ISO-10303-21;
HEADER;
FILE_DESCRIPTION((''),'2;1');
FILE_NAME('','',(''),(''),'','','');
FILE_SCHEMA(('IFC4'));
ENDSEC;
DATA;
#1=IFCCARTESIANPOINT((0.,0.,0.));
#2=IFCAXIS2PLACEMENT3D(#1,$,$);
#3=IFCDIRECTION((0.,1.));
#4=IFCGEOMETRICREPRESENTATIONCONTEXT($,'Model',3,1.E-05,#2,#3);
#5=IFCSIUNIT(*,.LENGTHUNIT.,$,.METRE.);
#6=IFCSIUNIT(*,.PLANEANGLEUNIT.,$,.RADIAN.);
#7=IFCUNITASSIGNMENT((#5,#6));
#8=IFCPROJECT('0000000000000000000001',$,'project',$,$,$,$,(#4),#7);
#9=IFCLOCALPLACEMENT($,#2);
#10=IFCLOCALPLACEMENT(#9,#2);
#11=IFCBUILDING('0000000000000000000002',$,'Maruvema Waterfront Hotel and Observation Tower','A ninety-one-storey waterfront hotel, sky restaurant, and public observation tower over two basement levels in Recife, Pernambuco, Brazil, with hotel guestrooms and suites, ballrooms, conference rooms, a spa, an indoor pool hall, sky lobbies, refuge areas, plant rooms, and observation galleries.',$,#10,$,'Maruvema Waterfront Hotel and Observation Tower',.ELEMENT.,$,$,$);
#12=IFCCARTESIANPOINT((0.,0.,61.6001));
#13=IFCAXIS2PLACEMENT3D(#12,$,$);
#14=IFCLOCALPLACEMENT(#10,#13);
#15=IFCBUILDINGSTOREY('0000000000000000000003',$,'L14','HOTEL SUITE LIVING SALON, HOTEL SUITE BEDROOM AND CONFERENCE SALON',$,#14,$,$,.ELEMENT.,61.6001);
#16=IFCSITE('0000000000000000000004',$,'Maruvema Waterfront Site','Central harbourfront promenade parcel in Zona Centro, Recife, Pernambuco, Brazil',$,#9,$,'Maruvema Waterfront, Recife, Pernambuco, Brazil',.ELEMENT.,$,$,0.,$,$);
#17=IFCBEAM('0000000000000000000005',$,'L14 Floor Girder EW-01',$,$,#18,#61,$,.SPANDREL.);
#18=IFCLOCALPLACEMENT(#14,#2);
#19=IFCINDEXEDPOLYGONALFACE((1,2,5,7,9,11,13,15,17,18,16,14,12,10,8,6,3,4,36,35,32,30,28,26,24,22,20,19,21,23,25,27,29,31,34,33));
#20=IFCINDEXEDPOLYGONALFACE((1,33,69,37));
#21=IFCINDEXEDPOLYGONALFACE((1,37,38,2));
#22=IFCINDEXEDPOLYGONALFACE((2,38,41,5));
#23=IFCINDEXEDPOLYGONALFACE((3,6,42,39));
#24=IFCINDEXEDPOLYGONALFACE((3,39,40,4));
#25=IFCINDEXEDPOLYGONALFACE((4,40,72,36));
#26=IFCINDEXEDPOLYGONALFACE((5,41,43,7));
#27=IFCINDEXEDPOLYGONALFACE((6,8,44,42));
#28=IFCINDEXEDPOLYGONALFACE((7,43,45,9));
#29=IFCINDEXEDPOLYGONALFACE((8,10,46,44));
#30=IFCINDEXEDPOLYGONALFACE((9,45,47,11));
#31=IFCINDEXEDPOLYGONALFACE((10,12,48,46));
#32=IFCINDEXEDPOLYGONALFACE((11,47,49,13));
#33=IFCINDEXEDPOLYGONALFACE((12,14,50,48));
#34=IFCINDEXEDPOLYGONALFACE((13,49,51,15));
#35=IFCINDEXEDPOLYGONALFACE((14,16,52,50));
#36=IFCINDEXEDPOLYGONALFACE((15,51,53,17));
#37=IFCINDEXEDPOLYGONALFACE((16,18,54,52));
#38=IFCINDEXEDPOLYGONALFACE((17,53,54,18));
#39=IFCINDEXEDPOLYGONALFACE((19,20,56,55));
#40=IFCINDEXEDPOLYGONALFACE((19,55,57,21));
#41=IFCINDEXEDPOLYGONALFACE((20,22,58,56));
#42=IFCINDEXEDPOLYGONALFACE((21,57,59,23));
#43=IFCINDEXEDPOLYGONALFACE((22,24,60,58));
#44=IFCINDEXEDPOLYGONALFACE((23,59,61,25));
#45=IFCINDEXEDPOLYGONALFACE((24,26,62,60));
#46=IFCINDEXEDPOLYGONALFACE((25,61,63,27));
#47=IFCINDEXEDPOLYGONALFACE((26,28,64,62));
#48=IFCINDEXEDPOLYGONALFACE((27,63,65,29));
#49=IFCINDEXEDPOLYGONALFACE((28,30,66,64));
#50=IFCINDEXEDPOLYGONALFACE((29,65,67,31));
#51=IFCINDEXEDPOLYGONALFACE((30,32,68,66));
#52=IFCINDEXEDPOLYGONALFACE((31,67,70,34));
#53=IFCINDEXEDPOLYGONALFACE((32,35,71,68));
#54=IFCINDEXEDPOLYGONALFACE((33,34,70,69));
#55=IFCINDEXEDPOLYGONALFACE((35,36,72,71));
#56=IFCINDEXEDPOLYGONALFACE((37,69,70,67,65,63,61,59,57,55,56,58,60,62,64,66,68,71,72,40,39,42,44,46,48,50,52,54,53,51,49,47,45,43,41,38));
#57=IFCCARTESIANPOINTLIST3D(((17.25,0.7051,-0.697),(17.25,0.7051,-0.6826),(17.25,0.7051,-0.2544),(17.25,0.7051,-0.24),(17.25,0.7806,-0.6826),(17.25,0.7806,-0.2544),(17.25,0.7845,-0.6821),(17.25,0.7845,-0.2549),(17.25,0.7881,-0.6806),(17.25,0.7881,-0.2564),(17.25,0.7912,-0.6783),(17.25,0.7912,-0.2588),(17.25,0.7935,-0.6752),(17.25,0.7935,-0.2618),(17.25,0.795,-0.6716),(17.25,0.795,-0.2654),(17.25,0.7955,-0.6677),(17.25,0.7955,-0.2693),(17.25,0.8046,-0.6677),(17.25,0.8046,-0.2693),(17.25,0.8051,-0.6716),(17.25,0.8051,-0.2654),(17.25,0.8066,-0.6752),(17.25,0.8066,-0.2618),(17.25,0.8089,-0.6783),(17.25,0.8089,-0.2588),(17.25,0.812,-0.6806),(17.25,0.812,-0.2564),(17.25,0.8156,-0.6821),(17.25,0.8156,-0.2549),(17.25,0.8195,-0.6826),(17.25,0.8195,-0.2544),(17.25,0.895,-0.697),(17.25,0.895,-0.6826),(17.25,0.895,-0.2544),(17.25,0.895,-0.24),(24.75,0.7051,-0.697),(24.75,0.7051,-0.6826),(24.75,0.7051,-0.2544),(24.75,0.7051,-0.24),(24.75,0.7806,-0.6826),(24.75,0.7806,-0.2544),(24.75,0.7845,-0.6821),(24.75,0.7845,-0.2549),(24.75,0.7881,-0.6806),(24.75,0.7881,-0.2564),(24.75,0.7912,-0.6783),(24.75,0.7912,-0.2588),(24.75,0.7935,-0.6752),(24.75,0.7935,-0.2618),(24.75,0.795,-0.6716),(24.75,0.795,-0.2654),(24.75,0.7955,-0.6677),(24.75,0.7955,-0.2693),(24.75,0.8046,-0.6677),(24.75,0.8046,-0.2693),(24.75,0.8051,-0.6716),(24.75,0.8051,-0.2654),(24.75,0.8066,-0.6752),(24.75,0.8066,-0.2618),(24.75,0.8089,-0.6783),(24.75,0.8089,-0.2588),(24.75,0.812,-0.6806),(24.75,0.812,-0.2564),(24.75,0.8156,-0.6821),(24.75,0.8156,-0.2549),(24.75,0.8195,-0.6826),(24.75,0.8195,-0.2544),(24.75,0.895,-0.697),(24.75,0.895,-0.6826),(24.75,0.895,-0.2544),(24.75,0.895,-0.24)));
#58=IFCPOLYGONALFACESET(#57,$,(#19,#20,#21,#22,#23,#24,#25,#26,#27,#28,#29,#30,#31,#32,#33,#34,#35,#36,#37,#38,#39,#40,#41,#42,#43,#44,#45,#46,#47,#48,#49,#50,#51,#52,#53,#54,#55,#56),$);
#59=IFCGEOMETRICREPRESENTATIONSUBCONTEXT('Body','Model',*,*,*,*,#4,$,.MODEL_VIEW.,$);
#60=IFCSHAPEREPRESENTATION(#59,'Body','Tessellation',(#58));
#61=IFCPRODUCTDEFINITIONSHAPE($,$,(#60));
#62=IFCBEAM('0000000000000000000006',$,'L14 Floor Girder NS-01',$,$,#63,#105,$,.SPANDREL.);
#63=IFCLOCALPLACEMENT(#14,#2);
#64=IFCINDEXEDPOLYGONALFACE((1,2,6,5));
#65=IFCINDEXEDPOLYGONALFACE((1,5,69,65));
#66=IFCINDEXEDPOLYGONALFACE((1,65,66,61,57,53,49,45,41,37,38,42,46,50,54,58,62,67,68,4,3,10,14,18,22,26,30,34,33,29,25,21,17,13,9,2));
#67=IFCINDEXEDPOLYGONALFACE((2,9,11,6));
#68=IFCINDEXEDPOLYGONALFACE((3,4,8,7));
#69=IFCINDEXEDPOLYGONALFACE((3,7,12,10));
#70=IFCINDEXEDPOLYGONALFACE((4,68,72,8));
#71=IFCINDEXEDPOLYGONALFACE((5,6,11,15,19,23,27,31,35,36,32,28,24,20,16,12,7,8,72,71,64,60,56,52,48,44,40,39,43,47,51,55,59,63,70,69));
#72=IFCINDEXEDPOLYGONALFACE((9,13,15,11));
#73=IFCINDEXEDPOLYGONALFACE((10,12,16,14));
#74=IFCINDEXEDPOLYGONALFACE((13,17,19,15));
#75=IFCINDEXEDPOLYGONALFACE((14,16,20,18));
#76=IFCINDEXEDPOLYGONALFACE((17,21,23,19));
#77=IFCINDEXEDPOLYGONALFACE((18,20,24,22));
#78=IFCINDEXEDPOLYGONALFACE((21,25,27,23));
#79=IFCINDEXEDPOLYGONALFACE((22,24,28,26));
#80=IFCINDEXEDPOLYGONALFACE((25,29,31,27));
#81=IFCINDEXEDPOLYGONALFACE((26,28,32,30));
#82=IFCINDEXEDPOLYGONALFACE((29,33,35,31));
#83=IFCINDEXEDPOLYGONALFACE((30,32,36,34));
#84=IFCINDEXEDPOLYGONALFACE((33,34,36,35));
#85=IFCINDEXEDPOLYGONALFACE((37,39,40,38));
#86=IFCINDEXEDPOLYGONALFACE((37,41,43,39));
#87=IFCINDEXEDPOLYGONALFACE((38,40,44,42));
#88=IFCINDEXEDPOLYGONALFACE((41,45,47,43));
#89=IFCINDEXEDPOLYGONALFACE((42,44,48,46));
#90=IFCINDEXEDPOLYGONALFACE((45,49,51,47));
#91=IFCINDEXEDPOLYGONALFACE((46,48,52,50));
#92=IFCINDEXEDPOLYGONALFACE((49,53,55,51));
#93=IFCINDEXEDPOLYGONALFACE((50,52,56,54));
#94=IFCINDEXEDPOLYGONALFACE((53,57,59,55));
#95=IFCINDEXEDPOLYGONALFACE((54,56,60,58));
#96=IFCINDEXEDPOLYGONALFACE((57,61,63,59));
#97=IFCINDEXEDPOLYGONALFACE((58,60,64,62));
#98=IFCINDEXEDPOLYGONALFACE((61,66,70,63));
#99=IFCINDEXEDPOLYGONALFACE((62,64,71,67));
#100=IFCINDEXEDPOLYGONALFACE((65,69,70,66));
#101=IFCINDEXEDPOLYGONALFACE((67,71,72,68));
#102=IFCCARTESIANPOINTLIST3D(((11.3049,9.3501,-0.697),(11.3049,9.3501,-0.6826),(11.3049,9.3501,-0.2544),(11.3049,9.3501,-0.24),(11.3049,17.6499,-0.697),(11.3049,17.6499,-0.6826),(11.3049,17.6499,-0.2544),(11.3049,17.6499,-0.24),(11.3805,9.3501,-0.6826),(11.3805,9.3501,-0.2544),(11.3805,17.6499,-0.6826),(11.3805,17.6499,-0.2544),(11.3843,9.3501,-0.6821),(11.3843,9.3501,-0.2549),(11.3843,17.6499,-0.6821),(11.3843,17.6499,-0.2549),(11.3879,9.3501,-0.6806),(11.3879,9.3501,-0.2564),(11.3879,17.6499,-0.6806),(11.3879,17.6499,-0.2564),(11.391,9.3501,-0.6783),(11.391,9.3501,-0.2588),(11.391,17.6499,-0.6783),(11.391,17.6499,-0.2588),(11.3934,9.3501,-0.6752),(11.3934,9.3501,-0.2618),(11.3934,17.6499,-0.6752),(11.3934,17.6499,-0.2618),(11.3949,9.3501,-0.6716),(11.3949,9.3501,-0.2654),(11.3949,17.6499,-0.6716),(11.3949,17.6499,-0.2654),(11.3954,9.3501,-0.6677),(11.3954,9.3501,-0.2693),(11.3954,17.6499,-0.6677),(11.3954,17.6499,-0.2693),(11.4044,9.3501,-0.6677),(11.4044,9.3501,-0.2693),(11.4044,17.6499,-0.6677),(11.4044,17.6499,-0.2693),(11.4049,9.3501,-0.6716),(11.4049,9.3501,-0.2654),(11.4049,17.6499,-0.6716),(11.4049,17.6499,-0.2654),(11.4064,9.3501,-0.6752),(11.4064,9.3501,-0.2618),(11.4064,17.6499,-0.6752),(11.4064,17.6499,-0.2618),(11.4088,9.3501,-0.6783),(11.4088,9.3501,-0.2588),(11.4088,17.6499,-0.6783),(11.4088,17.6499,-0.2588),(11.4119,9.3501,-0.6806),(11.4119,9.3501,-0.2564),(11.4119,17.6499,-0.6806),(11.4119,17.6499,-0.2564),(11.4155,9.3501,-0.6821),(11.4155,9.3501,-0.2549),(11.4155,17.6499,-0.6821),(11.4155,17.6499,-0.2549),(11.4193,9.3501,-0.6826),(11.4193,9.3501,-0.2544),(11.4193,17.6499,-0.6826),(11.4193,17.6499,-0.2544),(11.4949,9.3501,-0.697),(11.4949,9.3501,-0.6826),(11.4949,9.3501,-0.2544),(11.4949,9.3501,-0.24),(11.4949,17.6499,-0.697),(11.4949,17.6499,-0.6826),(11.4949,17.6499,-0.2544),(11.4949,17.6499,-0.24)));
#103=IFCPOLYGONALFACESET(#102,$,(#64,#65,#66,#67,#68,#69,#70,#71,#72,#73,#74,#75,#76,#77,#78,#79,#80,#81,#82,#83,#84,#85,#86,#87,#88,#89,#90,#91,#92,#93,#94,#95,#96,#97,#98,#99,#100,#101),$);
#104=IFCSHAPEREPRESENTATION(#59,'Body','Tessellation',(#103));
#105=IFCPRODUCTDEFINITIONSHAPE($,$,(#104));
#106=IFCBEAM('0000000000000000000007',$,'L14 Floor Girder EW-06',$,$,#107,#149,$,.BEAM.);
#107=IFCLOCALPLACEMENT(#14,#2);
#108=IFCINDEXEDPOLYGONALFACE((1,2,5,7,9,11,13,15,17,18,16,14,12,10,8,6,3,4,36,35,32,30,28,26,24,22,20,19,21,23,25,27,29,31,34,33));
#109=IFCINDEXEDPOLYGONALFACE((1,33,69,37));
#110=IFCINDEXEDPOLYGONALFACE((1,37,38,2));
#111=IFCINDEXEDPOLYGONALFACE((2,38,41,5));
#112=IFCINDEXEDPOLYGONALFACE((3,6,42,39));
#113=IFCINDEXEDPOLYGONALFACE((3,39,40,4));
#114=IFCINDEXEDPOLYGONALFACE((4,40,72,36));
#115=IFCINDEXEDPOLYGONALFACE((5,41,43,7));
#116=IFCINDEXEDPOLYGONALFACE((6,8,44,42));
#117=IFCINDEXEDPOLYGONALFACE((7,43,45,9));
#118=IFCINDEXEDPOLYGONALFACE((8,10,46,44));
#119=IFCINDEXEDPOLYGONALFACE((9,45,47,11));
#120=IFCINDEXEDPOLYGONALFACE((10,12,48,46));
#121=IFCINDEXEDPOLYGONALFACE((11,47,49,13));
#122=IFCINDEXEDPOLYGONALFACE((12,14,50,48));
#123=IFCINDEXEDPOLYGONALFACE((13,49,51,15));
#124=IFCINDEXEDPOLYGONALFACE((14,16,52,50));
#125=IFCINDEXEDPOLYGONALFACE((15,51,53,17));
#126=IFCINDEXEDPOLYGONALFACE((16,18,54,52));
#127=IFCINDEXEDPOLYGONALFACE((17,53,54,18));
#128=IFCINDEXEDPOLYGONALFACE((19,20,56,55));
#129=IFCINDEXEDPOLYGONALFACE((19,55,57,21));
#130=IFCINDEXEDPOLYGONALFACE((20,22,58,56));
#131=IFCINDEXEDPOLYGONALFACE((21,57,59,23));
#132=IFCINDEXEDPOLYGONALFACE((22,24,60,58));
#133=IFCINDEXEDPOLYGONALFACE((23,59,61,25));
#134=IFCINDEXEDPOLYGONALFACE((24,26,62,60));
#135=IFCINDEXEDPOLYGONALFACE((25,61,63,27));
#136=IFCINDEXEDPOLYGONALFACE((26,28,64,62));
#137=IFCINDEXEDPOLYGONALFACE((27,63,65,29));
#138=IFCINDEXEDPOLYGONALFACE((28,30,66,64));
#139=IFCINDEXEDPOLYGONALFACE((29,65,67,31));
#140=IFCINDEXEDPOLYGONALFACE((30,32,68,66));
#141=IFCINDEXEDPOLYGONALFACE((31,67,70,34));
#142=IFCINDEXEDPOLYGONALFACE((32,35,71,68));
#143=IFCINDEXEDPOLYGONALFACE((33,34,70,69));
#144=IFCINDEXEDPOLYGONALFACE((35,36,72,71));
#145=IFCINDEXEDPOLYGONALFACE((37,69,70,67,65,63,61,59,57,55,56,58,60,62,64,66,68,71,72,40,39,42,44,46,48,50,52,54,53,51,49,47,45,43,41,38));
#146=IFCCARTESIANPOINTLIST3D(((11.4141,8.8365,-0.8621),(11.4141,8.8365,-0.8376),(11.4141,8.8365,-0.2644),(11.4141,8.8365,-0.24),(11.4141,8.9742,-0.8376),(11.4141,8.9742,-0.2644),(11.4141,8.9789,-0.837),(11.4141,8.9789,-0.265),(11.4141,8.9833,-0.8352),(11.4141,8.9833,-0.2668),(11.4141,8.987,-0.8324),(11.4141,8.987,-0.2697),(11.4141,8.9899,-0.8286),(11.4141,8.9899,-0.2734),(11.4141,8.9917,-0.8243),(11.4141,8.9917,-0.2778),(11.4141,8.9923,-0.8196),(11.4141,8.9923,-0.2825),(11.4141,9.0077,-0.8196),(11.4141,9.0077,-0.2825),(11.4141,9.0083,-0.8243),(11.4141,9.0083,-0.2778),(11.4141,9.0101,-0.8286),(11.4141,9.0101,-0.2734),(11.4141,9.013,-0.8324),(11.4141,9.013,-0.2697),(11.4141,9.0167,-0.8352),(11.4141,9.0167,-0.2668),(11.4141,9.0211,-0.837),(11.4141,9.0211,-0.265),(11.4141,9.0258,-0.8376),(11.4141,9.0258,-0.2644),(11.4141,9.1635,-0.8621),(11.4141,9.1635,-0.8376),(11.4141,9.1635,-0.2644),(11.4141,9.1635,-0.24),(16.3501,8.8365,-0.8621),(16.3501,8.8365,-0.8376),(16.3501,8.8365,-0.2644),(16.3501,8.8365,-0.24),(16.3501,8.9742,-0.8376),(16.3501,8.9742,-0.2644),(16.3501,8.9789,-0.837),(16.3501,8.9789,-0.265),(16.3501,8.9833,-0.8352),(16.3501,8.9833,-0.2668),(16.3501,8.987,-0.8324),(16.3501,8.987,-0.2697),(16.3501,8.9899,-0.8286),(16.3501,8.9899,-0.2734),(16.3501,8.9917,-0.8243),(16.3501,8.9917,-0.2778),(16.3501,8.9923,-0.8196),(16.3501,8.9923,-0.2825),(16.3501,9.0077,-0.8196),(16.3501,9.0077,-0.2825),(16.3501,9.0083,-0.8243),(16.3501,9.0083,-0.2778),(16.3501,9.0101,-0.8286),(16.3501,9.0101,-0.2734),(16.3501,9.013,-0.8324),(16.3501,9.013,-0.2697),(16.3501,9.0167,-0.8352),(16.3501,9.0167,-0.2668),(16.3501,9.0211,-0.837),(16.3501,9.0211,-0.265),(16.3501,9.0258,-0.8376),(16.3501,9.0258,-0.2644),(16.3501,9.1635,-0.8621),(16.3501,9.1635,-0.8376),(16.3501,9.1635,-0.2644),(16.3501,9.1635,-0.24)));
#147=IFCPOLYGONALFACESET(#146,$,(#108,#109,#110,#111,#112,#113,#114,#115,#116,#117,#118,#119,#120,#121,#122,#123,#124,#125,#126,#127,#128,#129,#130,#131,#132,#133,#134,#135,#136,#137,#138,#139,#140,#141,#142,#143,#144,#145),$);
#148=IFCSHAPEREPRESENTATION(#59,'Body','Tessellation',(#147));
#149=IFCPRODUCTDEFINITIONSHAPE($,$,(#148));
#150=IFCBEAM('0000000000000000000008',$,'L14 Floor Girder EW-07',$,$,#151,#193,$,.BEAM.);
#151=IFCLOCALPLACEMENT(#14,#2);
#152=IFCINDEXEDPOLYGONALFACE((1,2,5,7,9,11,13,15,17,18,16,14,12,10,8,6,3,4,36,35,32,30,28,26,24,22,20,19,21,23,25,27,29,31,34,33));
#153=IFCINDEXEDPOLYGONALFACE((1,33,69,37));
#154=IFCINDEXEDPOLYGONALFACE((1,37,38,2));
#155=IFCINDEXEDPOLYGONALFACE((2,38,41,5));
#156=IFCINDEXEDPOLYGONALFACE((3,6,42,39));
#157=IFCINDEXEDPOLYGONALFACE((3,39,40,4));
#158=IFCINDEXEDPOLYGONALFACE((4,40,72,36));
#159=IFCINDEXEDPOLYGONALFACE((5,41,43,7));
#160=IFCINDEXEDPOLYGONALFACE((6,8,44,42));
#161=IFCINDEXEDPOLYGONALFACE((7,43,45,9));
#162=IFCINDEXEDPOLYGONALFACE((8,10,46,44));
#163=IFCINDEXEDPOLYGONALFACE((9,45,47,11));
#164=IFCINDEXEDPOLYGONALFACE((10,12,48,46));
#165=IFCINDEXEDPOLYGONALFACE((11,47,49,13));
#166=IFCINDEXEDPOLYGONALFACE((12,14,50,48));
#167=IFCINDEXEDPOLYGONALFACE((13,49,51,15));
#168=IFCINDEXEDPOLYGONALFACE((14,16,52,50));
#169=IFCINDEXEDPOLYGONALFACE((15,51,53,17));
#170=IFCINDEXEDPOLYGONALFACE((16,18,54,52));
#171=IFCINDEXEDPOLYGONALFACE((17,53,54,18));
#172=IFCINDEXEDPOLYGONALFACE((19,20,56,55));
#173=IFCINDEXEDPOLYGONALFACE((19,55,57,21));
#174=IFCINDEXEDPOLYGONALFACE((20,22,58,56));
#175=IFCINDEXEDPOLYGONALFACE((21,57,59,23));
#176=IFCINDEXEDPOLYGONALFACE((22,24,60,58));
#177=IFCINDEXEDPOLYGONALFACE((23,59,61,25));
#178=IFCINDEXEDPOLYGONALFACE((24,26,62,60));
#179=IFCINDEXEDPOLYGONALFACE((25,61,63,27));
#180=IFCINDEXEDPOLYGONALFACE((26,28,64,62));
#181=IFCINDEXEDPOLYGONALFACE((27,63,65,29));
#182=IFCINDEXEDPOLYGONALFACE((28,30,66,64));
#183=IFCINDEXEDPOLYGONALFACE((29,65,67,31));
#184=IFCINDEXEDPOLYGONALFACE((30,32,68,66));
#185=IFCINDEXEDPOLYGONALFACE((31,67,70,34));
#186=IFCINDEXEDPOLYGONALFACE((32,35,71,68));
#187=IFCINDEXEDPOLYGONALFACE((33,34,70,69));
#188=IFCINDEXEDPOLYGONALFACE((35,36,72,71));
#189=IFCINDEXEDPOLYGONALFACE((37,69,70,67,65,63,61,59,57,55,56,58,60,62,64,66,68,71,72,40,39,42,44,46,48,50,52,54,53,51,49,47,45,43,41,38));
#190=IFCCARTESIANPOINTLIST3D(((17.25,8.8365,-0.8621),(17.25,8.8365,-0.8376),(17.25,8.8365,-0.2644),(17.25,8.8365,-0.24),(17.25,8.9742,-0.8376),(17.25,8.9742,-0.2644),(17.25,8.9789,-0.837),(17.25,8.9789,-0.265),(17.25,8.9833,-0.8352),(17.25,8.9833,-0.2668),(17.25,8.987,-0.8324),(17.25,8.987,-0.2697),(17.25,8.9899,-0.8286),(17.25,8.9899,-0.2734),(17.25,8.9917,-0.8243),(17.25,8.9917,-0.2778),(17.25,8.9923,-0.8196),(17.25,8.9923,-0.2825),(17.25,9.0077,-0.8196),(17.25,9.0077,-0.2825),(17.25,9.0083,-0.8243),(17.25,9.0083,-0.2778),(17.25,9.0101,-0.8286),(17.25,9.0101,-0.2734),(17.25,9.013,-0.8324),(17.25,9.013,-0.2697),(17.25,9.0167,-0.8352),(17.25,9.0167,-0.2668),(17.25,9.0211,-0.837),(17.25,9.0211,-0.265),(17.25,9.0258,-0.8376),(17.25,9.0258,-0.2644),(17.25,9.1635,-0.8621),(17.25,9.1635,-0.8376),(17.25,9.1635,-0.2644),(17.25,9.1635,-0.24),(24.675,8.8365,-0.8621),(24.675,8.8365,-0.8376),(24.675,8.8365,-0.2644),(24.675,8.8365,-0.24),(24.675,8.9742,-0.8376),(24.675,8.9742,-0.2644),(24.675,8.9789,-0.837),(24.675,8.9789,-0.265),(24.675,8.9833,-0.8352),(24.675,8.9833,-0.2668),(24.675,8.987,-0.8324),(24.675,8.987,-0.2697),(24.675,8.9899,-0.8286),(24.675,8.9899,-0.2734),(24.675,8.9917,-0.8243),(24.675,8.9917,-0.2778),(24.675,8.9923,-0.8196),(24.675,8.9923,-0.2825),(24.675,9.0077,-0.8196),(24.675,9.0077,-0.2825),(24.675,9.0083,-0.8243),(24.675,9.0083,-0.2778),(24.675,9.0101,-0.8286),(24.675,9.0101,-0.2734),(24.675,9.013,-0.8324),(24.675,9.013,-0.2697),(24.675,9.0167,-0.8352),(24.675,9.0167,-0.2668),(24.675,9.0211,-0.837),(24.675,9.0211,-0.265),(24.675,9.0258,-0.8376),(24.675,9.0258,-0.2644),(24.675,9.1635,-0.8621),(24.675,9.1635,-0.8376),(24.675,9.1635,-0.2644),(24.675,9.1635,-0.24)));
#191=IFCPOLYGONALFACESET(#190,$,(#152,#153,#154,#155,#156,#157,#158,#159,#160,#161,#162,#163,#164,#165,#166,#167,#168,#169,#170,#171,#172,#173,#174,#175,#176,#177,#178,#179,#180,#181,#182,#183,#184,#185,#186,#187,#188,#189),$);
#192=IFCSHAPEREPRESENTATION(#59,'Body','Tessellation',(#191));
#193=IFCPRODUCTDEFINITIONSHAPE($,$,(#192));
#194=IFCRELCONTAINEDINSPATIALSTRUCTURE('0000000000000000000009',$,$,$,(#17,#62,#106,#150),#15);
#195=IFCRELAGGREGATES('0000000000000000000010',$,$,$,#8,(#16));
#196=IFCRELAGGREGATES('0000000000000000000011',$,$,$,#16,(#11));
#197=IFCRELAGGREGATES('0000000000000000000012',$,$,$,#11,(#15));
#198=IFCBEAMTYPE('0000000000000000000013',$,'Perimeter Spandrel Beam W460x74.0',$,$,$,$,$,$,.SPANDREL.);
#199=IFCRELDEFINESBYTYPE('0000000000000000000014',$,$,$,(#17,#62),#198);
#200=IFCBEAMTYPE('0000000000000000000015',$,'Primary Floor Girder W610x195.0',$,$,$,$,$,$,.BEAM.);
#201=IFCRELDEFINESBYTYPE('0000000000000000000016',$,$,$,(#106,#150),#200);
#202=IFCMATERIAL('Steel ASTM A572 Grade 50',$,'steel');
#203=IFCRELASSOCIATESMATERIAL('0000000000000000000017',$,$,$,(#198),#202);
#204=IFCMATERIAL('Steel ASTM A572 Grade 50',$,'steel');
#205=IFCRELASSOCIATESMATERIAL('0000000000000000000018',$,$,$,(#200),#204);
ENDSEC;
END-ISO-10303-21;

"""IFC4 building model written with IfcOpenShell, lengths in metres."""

from ifc_helpers import new_model, si_unit, direction, frame, origin, origin_2d, place, context, subcontext, project, spatial, i_section, extrude, material, material_profile, profile_set, type_object, element, save


model = new_model("IFC4")

# Units and contexts
model_context = context("Model", 3, precision=1e-05, world=origin(), true_north=direction((0.0, 1.0)))
body_context = subcontext(model_context, "Body", "Model", "MODEL_VIEW")
ifc_project = project(units=[si_unit("LENGTHUNIT", "METRE"), si_unit("PLANEANGLEUNIT", "RADIAN")], contexts=[model_context])

# Site, building, storey
site_placement = place(None, origin())
site = spatial("IfcSite", under=ifc_project, at=site_placement, Name="Maruvema Waterfront Site", Description="Central harbourfront promenade parcel in Zona Centro, Recife, Pernambuco, Brazil", LongName="Maruvema Waterfront, Recife, Pernambuco, Brazil", CompositionType="ELEMENT", RefElevation=0.0)
building_placement = place(site_placement, origin())
building = spatial("IfcBuilding", under=site, at=building_placement, Name="Maruvema Waterfront Hotel and Observation Tower", Description="A ninety-one-storey waterfront hotel, sky restaurant, and public observation tower over two basement levels in Recife, Pernambuco, Brazil, with hotel guestrooms and suites, ballrooms, conference rooms, a spa, an indoor pool hall, sky lobbies, refuge areas, plant rooms, and observation galleries.", LongName="Maruvema Waterfront Hotel and Observation Tower", CompositionType="ELEMENT")
storey_placement = place(building_placement, frame((0.0, 0.0, 61.6001)))
storey = spatial("IfcBuildingStorey", under=building, at=storey_placement, Name="L14", Description="HOTEL SUITE LIVING SALON, HOTEL SUITE BEDROOM AND CONFERENCE SALON", CompositionType="ELEMENT", Elevation=61.6001)

# Beams
ifc_material_1 = material(Name="Steel ASTM A572 Grade 50", Category="steel")
ifc_material_profile_1 = material_profile(ifc_material_1, i_section(OverallWidth=0.1899, OverallDepth=0.457, WebThickness=0.009, FlangeThickness=0.0144, FilletRadius=0.0149, at=origin_2d()), Name="W460x74.0")
ifc_profile_set_1 = profile_set([ifc_material_profile_1], Name="Steel ASTM A572 Grade 50")
beam_type_1 = type_object("IfcBeamType", Name="Perimeter Spandrel Beam W460x74.0", PredefinedType="SPANDREL", material=ifc_profile_set_1)
beam_1_placement = place(storey_placement, frame((17.25, 0.8, -0.4685), z_axis=(1.0, 0.0, 0.0), x_axis=(0.0, 1.0, 0.0)))
element("IfcBeam", 1, at=beam_1_placement, inside=storey, type_object=beam_type_1, Name="L14 Floor Girder EW-01", PredefinedType="SPANDREL", context=body_context, shape_type="SweptSolid", body=[
    extrude(i_section(OverallWidth=0.1899, OverallDepth=0.457, WebThickness=0.009, FlangeThickness=0.0144, FilletRadius=0.0149, at=origin_2d()), origin(), (0.0, 0.0, 1.0), 7.5),
])
beam_2_placement = place(storey_placement, frame((11.3999, 9.3501, -0.4685), z_axis=(0.0, 1.0, 0.0), x_axis=(-1.0, 0.0, 0.0)))
element("IfcBeam", 2, at=beam_2_placement, inside=storey, type_object=beam_type_1, Name="L14 Floor Girder NS-01", PredefinedType="SPANDREL", context=body_context, shape_type="SweptSolid", body=[
    extrude(i_section(OverallWidth=0.1899, OverallDepth=0.457, WebThickness=0.009, FlangeThickness=0.0144, FilletRadius=0.0149, at=origin_2d()), origin(), (0.0, 0.0, 1.0), 8.2998),
])
ifc_material_2 = material(Name="Steel ASTM A572 Grade 50", Category="steel")
ifc_material_profile_2 = material_profile(ifc_material_2, i_section(OverallWidth=0.3269, OverallDepth=0.6221, WebThickness=0.0154, FlangeThickness=0.0244, FilletRadius=0.0181, at=origin_2d()), Name="W610x195.0")
ifc_profile_set_2 = profile_set([ifc_material_profile_2], Name="Steel ASTM A572 Grade 50")
beam_type_2 = type_object("IfcBeamType", Name="Primary Floor Girder W610x195.0", PredefinedType="BEAM", material=ifc_profile_set_2)
beam_3_placement = place(storey_placement, frame((11.4141, 9.0, -0.551), z_axis=(1.0, 0.0, 0.0), x_axis=(0.0, 1.0, 0.0)))
element("IfcBeam", 3, at=beam_3_placement, inside=storey, type_object=beam_type_2, Name="L14 Floor Girder EW-06", PredefinedType="BEAM", context=body_context, shape_type="SweptSolid", body=[
    extrude(i_section(OverallWidth=0.3269, OverallDepth=0.6221, WebThickness=0.0154, FlangeThickness=0.0244, FilletRadius=0.0181, at=origin_2d()), origin(), (0.0, 0.0, 1.0), 4.936),
])
beam_4_placement = place(storey_placement, frame((17.25, 9.0, -0.551), z_axis=(1.0, 0.0, 0.0), x_axis=(0.0, 1.0, 0.0)))
element("IfcBeam", 4, at=beam_4_placement, inside=storey, type_object=beam_type_2, Name="L14 Floor Girder EW-07", PredefinedType="BEAM", context=body_context, shape_type="SweptSolid", body=[
    extrude(i_section(OverallWidth=0.3269, OverallDepth=0.6221, WebThickness=0.0154, FlangeThickness=0.0244, FilletRadius=0.0181, at=origin_2d()), origin(), (0.0, 0.0, 1.0), 7.425),
])

save(model, "model.ifc")
